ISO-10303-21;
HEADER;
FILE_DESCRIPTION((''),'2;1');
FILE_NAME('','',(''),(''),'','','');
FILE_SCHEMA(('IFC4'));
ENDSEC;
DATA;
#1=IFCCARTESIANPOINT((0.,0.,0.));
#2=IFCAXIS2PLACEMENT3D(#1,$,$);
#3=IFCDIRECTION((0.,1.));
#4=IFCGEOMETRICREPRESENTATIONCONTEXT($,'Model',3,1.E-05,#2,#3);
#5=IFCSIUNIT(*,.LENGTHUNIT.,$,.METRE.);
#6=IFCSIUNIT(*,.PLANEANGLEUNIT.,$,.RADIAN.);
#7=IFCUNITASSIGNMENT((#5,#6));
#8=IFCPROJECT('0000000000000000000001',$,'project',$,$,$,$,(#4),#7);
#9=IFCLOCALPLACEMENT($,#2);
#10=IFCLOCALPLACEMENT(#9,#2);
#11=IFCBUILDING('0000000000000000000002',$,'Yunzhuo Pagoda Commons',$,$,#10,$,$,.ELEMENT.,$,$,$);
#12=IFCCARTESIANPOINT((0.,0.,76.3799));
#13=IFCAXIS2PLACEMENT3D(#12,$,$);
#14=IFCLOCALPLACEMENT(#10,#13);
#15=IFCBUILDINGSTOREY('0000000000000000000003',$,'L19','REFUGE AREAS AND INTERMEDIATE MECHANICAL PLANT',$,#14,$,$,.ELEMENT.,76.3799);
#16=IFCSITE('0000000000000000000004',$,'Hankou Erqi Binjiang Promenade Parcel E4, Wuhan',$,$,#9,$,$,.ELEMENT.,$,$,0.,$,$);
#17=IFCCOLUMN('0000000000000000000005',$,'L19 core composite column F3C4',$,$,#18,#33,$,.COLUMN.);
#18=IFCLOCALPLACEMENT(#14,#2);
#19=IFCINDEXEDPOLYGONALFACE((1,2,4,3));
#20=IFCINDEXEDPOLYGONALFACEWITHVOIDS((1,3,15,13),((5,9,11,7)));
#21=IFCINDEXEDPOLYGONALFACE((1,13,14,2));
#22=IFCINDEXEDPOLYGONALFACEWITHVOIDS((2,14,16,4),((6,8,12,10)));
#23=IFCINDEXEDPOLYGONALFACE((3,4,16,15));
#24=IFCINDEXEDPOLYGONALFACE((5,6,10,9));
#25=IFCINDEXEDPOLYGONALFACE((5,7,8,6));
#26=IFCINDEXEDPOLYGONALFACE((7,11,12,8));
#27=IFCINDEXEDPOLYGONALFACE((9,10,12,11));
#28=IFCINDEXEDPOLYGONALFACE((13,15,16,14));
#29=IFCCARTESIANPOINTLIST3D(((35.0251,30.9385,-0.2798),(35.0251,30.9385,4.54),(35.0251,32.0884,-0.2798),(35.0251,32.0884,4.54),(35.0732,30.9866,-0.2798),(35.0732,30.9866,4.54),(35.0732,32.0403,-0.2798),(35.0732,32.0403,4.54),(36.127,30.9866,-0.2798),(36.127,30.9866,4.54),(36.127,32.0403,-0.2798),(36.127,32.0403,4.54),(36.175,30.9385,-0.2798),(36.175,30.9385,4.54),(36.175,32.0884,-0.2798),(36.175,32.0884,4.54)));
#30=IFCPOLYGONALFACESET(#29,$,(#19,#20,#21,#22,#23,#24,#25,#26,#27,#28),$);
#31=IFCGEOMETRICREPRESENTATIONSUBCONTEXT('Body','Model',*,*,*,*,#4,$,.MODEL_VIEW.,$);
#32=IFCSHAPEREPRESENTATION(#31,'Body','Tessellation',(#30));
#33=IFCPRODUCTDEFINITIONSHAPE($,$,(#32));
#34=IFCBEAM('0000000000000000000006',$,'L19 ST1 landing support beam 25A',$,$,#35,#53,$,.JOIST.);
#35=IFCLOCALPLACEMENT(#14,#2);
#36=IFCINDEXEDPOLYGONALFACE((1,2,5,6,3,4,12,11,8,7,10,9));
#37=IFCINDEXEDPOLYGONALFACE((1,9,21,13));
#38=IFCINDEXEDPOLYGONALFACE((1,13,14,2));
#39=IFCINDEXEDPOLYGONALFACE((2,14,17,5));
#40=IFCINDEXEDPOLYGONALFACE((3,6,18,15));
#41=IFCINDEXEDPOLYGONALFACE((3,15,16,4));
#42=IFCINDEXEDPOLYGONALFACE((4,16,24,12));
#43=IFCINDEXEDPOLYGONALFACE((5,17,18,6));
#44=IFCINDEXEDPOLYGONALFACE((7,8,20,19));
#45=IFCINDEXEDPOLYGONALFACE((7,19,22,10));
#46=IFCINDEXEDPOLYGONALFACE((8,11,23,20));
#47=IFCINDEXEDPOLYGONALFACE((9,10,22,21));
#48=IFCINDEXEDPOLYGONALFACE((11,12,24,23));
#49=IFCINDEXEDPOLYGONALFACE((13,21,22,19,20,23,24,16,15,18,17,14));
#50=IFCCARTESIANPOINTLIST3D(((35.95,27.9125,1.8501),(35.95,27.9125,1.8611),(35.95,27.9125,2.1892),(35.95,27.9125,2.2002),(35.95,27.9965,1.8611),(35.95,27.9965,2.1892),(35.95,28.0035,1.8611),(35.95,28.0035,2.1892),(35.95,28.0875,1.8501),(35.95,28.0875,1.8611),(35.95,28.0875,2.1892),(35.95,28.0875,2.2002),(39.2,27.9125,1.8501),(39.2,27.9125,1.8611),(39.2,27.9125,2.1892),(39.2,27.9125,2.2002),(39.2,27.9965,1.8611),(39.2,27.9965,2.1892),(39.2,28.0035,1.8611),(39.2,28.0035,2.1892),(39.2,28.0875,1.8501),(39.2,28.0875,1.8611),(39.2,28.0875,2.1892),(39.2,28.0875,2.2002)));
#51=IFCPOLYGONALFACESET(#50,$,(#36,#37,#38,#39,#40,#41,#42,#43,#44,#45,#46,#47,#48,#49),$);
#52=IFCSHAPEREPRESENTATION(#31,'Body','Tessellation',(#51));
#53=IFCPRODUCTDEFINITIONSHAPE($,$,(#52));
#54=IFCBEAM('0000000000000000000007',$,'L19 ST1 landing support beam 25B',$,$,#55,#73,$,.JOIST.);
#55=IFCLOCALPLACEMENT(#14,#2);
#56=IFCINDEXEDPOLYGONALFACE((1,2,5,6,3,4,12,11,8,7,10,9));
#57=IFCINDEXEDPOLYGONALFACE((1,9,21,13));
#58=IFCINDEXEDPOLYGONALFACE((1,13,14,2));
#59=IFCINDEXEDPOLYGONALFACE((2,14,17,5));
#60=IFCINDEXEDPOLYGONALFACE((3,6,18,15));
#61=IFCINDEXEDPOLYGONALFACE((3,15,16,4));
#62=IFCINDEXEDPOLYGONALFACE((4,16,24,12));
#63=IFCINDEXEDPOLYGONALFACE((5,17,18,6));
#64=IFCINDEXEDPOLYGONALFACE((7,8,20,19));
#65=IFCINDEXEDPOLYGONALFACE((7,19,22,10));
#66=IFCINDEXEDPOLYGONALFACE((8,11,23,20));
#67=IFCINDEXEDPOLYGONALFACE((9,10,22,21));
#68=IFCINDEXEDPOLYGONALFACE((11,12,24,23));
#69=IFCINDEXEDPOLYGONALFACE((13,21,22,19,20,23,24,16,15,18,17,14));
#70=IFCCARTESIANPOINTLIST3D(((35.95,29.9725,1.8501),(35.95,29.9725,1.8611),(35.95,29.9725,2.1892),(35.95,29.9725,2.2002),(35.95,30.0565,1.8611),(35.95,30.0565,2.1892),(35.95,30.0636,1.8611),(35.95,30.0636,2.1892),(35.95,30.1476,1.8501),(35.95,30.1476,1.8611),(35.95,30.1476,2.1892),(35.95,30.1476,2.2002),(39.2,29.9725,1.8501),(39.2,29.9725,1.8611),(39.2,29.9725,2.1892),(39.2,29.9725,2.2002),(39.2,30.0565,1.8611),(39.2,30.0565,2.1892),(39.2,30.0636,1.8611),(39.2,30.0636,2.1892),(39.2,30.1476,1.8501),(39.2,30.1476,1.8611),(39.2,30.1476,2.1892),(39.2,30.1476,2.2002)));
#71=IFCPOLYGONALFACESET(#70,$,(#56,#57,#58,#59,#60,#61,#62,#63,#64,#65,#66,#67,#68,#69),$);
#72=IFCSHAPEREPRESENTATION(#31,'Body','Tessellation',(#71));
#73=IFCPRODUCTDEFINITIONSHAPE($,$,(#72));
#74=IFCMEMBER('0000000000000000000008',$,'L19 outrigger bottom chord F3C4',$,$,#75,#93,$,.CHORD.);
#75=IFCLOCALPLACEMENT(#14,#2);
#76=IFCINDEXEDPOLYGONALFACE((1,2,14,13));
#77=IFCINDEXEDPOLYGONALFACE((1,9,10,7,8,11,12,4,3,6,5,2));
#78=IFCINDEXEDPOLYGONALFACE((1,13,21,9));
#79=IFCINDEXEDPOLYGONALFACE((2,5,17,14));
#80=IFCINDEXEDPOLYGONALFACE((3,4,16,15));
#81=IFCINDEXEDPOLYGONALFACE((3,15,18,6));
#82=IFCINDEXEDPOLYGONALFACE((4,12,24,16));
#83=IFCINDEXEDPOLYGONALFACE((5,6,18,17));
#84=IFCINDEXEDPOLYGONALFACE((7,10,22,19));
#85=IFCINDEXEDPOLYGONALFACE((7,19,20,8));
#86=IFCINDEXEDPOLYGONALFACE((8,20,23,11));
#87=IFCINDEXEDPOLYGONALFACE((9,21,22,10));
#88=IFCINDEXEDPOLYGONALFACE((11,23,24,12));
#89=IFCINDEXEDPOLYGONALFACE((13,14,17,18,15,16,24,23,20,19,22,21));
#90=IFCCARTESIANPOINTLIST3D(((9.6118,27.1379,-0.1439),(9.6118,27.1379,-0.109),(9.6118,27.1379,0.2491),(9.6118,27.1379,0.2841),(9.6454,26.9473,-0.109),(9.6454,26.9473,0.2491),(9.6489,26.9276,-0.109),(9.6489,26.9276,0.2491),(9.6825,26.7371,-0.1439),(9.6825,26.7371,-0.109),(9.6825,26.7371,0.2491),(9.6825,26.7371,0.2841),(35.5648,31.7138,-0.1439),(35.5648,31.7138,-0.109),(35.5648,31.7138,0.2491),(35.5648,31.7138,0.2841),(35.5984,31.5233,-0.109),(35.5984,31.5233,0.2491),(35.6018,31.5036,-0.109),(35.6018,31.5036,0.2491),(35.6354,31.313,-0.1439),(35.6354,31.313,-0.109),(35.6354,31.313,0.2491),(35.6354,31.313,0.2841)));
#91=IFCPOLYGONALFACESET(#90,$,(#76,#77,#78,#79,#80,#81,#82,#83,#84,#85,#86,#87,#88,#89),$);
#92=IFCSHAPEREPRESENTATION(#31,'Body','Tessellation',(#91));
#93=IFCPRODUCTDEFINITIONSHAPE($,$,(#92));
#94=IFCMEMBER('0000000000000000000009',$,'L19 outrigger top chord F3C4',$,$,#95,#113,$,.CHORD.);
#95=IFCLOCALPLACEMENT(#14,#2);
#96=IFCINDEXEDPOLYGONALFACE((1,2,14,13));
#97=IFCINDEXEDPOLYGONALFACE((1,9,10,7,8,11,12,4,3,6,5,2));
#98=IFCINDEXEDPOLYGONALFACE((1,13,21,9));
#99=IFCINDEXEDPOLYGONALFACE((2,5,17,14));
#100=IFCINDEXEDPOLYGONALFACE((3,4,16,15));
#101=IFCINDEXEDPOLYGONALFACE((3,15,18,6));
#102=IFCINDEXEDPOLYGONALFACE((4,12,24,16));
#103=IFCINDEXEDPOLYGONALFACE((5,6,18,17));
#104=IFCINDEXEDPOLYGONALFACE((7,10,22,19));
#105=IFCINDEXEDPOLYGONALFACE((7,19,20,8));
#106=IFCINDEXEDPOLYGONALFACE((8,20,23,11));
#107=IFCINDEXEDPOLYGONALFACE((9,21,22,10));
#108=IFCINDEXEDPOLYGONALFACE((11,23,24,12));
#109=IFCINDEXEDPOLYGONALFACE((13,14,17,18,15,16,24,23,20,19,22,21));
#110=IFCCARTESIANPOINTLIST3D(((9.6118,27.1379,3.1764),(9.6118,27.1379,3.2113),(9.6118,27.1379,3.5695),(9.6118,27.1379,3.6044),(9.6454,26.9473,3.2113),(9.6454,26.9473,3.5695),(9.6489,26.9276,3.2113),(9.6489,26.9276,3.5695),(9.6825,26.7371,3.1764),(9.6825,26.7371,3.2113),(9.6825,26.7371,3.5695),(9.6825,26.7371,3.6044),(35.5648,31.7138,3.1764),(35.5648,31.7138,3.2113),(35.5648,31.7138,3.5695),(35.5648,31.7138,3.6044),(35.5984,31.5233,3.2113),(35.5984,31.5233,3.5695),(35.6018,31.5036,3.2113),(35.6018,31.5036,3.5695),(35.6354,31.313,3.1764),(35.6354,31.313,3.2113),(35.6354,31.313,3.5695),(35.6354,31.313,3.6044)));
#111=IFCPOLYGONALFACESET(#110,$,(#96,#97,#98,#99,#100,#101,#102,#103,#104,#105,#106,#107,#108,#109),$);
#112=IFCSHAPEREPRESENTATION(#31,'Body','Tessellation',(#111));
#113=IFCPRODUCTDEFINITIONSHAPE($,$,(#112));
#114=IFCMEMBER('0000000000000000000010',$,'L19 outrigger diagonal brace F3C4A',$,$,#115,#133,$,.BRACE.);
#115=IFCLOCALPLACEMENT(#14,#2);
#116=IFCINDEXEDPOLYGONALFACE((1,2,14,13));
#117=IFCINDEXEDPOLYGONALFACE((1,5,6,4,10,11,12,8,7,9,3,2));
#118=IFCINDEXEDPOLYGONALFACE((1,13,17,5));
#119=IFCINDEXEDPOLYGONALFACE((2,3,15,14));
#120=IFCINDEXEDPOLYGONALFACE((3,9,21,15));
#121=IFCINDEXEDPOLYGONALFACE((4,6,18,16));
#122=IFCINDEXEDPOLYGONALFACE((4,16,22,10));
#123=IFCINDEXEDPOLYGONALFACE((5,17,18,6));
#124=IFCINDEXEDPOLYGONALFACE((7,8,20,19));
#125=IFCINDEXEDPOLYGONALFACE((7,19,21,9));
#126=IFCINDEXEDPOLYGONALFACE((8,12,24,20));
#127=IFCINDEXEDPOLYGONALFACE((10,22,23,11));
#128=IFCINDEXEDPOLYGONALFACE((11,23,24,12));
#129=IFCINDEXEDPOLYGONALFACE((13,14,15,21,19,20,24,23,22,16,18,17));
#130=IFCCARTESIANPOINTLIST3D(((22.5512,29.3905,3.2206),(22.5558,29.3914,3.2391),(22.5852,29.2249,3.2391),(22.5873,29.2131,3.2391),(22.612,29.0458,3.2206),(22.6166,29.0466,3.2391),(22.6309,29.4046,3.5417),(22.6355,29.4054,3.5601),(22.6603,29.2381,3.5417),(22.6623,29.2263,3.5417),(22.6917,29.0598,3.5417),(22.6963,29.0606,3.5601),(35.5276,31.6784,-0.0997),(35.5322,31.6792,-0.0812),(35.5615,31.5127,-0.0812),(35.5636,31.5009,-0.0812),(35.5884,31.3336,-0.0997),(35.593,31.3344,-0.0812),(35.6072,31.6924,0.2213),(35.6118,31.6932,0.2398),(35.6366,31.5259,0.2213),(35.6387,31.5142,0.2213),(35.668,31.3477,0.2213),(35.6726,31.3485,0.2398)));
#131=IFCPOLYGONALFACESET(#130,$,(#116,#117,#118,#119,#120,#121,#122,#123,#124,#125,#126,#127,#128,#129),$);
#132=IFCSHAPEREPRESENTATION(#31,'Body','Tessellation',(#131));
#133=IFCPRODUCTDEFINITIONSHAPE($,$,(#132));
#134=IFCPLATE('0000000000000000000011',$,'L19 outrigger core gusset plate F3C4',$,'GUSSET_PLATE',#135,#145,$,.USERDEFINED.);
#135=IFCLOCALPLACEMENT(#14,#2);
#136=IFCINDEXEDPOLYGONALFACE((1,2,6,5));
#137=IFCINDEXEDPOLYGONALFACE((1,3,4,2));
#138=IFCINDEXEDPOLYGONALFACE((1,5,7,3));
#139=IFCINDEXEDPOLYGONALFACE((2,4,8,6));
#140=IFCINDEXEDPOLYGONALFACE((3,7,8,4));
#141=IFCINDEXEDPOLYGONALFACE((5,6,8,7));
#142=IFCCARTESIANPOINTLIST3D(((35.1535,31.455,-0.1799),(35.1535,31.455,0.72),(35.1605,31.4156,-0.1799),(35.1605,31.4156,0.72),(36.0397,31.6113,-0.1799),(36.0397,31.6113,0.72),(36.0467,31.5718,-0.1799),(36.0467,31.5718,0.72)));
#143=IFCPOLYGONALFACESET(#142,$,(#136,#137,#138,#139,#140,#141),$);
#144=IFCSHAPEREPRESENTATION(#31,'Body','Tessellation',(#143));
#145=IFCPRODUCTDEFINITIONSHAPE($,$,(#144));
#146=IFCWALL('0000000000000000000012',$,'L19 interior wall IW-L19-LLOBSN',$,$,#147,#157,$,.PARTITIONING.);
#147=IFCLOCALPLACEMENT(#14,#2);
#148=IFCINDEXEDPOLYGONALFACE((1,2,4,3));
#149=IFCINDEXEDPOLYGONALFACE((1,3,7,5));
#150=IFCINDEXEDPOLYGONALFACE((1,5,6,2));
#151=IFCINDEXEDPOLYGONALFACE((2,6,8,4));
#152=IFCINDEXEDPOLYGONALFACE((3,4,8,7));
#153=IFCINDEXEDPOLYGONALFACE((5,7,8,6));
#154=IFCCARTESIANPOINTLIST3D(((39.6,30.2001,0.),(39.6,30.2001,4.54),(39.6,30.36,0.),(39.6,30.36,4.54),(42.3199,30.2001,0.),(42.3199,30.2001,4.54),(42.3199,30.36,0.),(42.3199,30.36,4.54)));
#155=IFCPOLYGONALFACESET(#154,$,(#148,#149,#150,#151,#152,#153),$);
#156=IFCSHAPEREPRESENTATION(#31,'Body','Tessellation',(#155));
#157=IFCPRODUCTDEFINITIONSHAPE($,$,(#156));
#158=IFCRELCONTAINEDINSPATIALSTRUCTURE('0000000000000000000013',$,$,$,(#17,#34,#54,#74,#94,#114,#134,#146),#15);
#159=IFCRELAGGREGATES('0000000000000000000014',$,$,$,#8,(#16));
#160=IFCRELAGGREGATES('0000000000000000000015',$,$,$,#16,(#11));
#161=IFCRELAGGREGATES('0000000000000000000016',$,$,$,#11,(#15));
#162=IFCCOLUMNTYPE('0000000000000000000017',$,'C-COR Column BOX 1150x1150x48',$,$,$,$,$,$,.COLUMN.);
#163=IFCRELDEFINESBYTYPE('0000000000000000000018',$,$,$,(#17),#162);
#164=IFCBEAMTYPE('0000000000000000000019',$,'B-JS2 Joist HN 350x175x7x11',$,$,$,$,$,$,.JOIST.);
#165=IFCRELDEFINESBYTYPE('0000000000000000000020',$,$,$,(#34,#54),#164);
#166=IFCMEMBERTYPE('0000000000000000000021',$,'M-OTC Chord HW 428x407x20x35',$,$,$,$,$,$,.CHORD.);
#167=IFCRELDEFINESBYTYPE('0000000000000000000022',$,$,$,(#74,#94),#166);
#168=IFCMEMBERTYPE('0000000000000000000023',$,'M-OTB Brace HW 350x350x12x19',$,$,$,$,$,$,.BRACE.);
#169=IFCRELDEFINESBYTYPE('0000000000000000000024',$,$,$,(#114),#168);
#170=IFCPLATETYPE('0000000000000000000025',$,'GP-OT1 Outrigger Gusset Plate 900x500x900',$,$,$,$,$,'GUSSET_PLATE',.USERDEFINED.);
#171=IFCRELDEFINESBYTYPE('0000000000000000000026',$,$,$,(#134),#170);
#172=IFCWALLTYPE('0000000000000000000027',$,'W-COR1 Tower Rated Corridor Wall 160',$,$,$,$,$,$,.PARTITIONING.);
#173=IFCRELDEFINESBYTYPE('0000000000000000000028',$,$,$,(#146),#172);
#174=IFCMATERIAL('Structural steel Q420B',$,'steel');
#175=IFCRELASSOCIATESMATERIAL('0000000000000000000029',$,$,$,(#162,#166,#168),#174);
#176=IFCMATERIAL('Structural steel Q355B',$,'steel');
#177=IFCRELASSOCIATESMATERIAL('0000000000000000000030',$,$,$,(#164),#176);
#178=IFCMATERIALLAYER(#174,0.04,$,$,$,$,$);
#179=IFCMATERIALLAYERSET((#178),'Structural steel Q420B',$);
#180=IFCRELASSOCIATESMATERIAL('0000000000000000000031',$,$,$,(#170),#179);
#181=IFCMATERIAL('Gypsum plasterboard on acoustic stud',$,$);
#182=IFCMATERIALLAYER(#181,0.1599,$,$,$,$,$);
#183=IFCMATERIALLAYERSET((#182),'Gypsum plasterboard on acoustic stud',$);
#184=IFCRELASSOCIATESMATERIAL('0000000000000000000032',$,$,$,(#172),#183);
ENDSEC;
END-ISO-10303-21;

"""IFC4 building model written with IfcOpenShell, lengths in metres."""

from ifc_helpers import new_model, si_unit, direction, frame, frame_2d, origin, origin_2d, place, context, subcontext, project, spatial, rectangle, hollow_rectangle, i_section, extrude, source, transform, mapped, material, layer, layer_set, material_profile, profile_set, type_object, element, save


model = new_model("IFC4")

# Units and contexts
model_context = context("Model", 3, precision=1e-05, world=origin(), true_north=direction((0.0, 1.0)))
body_context = subcontext(model_context, "Body", "Model", "MODEL_VIEW")
ifc_project = project(units=[si_unit("LENGTHUNIT", "METRE"), si_unit("PLANEANGLEUNIT", "RADIAN")], contexts=[model_context])

# Site, building, storey
site_placement = place(None, origin())
site = spatial("IfcSite", under=ifc_project, at=site_placement, Name="Hankou Erqi Binjiang Promenade Parcel E4, Wuhan", CompositionType="ELEMENT", RefElevation=0.0)
building_placement = place(site_placement, origin())
building = spatial("IfcBuilding", under=site, at=building_placement, Name="Yunzhuo Pagoda Commons", CompositionType="ELEMENT")
storey_placement = place(building_placement, frame((0.0, 0.0, 76.3799)))
storey = spatial("IfcBuildingStorey", under=building, at=storey_placement, Name="L19", Description="REFUGE AREAS AND INTERMEDIATE MECHANICAL PLANT", CompositionType="ELEMENT", Elevation=76.3799)

# Column
ifc_material_1 = material(Name="Structural steel Q420B", Category="steel")
ifc_material_profile_1 = material_profile(ifc_material_1, hollow_rectangle(XDim=1.1499, YDim=1.1499, WallThickness=0.0481, at=origin_2d()), Name="Structural steel Q420B")
ifc_profile_set_1 = profile_set([ifc_material_profile_1], Name="Structural steel Q420B")
column_type = type_object("IfcColumnType", Name="C-COR Column BOX 1150x1150x48", PredefinedType="COLUMN", material=ifc_profile_set_1)
shared_shape_1 = source(origin(), body_context, "Body", "SweptSolid", [
    extrude(hollow_rectangle(XDim=1.1499, YDim=1.1499, WallThickness=0.0481, at=origin_2d()), origin(), (0.0, 0.0, 1.0), 4.8198),
])
column_placement = place(storey_placement, frame((35.6001, 31.5134, -0.2798), z_axis=(0.0, 0.0, 1.0), x_axis=(1.0, 0.0, 0.0)))
element("IfcColumn", 1, at=column_placement, inside=storey, type_object=column_type, Name="L19 core composite column F3C4", PredefinedType="COLUMN", context=body_context, shape_type="MappedRepresentation", body=[
    mapped(shared_shape_1, transform((0.0, 0.0, 0.0), scale=1.0)),
])

# Beams
ifc_material_2 = material(Name="Structural steel Q355B", Category="steel")
ifc_material_profile_2 = material_profile(ifc_material_2, i_section(OverallWidth=0.175, OverallDepth=0.3501, WebThickness=0.0071, FlangeThickness=0.011, at=origin_2d()), Name="Structural steel Q355B")
ifc_profile_set_2 = profile_set([ifc_material_profile_2], Name="Structural steel Q355B")
beam_type = type_object("IfcBeamType", Name="B-JS2 Joist HN 350x175x7x11", PredefinedType="JOIST", material=ifc_profile_set_2)
shared_shape_2 = source(origin(), body_context, "Body", "SweptSolid", [
    extrude(i_section(OverallWidth=0.175, OverallDepth=0.3501, WebThickness=0.0071, FlangeThickness=0.011, at=origin_2d()), origin(), (0.0, 0.0, 1.0), 3.25),
])
for number, where, z_axis, x_axis, name in (
    (2, (35.95, 28.0, 2.0251), (1.0, 0.0, 0.0), (0.0, 1.0, 0.0), "L19 ST1 landing support beam 25A"),
    (3, (35.95, 30.0601, 2.0251), (1.0, 0.0, 0.0), (0.0, 1.0, 0.0), "L19 ST1 landing support beam 25B"),
):
    element("IfcBeam", number, at=place(storey_placement, frame(where, z_axis=z_axis, x_axis=x_axis)), inside=storey, type_object=beam_type, Name=name, PredefinedType="JOIST", context=body_context, shape_type="MappedRepresentation", body=[
        mapped(shared_shape_2, transform((0.0, 0.0, 0.0), scale=1.0)),
    ])

# Members
ifc_material_profile_3 = material_profile(ifc_material_1, i_section(OverallWidth=0.407, OverallDepth=0.428, WebThickness=0.02, FlangeThickness=0.0349, at=origin_2d()), Name="Structural steel Q420B")
ifc_profile_set_3 = profile_set([ifc_material_profile_3], Name="Structural steel Q420B")
member_type_1 = type_object("IfcMemberType", Name="M-OTC Chord HW 428x407x20x35", PredefinedType="CHORD", material=ifc_profile_set_3)
shared_shape_3 = source(origin(), body_context, "Body", "SweptSolid", [
    extrude(i_section(OverallWidth=0.407, OverallDepth=0.428, WebThickness=0.02, FlangeThickness=0.0349, at=origin_2d()), origin(), (0.0, 0.0, 1.0), 26.3533),
])
for number, where, z_axis, x_axis, name in (
    (4, (35.6001, 31.5134, 0.0701), (-0.984809, -0.173638, 0.0), (0.173638, -0.984809, 0.0), "L19 outrigger bottom chord F3C4"),
    (5, (35.6001, 31.5134, 3.3904), (-0.984809, -0.173638, 0.0), (0.173638, -0.984809, 0.0), "L19 outrigger top chord F3C4"),
):
    element("IfcMember", number, at=place(storey_placement, frame(where, z_axis=z_axis, x_axis=x_axis)), inside=storey, type_object=member_type_1, Name=name, PredefinedType="CHORD", context=body_context, shape_type="MappedRepresentation", body=[
        mapped(shared_shape_3, transform((0.0, 0.0, 0.0), scale=1.0)),
    ])
ifc_material_profile_4 = material_profile(ifc_material_1, i_section(OverallWidth=0.3501, OverallDepth=0.3501, WebThickness=0.012, FlangeThickness=0.019, at=origin_2d()), Name="Structural steel Q420B")
ifc_profile_set_4 = profile_set([ifc_material_profile_4], Name="Structural steel Q420B")
member_type_2 = type_object("IfcMemberType", Name="M-OTB Brace HW 350x350x12x19", PredefinedType="BRACE", material=ifc_profile_set_4)
shared_shape_4 = source(origin(), body_context, "Body", "SweptSolid", [
    extrude(i_section(OverallWidth=0.3501, OverallDepth=0.3501, WebThickness=0.012, FlangeThickness=0.019, at=origin_2d()), origin(), (0.0, 0.0, 1.0), 13.5884),
])
member_placement = place(storey_placement, frame((35.6001, 31.5134, 0.0701), z_axis=(-0.954958, -0.168368, 0.24435), x_axis=(0.173631, -0.984811, 0.0)))
element("IfcMember", 6, at=member_placement, inside=storey, type_object=member_type_2, Name="L19 outrigger diagonal brace F3C4A", PredefinedType="BRACE", context=body_context, shape_type="MappedRepresentation", body=[
    mapped(shared_shape_4, transform((0.0, 0.0, 0.0), scale=1.0)),
])

# Plate
ifc_layer_1 = layer(ifc_material_1, 0.04)
ifc_layer_set_1 = layer_set([ifc_layer_1], Name="Structural steel Q420B")
plate_type = type_object("IfcPlateType", Name="GP-OT1 Outrigger Gusset Plate 900x500x900", ElementType="GUSSET_PLATE", PredefinedType="USERDEFINED", material=ifc_layer_set_1)
shared_shape_5 = source(origin(), body_context, "Body", "SweptSolid", [
    extrude(rectangle(XDim=0.8999, YDim=0.04, at=origin_2d()), origin(), (0.0, 0.0, 1.0), 0.8999),
])
plate_placement = place(storey_placement, frame((35.6001, 31.5134, -0.1799), z_axis=(0.0, 0.0, 1.0), x_axis=(-0.984808, -0.173648, 0.0)))
element("IfcPlate", 7, at=plate_placement, inside=storey, type_object=plate_type, Name="L19 outrigger core gusset plate F3C4", ObjectType="GUSSET_PLATE", PredefinedType="USERDEFINED", context=body_context, shape_type="MappedRepresentation", body=[
    mapped(shared_shape_5, transform((0.0, 0.0, 0.0), scale=1.0)),
])

# Wall
ifc_material_3 = material(Name="Gypsum plasterboard on acoustic stud")
ifc_layer_2 = layer(ifc_material_3, 0.1599)
ifc_layer_set_2 = layer_set([ifc_layer_2], Name="Gypsum plasterboard on acoustic stud")
wall_type_1 = type_object("IfcWallType", Name="W-COR1 Tower Rated Corridor Wall 160", PredefinedType="PARTITIONING", material=ifc_layer_set_2)
wall_1_placement = place(storey_placement, frame((39.6001, 30.28, 0.0), z_axis=(0.0, 0.0, 1.0), x_axis=(1.0, 0.0, 0.0)))
element("IfcWall", 8, at=wall_1_placement, inside=storey, type_object=wall_type_1, Name="L19 interior wall IW-L19-LLOBSN", PredefinedType="PARTITIONING", context=body_context, shape_type="SweptSolid", body=[
    extrude(rectangle(XDim=2.72, YDim=0.1599, at=frame_2d((1.3599, 0.0))), origin(), (0.0, 0.0, 1.0), 4.54),
])

save(model, "model.ifc")
